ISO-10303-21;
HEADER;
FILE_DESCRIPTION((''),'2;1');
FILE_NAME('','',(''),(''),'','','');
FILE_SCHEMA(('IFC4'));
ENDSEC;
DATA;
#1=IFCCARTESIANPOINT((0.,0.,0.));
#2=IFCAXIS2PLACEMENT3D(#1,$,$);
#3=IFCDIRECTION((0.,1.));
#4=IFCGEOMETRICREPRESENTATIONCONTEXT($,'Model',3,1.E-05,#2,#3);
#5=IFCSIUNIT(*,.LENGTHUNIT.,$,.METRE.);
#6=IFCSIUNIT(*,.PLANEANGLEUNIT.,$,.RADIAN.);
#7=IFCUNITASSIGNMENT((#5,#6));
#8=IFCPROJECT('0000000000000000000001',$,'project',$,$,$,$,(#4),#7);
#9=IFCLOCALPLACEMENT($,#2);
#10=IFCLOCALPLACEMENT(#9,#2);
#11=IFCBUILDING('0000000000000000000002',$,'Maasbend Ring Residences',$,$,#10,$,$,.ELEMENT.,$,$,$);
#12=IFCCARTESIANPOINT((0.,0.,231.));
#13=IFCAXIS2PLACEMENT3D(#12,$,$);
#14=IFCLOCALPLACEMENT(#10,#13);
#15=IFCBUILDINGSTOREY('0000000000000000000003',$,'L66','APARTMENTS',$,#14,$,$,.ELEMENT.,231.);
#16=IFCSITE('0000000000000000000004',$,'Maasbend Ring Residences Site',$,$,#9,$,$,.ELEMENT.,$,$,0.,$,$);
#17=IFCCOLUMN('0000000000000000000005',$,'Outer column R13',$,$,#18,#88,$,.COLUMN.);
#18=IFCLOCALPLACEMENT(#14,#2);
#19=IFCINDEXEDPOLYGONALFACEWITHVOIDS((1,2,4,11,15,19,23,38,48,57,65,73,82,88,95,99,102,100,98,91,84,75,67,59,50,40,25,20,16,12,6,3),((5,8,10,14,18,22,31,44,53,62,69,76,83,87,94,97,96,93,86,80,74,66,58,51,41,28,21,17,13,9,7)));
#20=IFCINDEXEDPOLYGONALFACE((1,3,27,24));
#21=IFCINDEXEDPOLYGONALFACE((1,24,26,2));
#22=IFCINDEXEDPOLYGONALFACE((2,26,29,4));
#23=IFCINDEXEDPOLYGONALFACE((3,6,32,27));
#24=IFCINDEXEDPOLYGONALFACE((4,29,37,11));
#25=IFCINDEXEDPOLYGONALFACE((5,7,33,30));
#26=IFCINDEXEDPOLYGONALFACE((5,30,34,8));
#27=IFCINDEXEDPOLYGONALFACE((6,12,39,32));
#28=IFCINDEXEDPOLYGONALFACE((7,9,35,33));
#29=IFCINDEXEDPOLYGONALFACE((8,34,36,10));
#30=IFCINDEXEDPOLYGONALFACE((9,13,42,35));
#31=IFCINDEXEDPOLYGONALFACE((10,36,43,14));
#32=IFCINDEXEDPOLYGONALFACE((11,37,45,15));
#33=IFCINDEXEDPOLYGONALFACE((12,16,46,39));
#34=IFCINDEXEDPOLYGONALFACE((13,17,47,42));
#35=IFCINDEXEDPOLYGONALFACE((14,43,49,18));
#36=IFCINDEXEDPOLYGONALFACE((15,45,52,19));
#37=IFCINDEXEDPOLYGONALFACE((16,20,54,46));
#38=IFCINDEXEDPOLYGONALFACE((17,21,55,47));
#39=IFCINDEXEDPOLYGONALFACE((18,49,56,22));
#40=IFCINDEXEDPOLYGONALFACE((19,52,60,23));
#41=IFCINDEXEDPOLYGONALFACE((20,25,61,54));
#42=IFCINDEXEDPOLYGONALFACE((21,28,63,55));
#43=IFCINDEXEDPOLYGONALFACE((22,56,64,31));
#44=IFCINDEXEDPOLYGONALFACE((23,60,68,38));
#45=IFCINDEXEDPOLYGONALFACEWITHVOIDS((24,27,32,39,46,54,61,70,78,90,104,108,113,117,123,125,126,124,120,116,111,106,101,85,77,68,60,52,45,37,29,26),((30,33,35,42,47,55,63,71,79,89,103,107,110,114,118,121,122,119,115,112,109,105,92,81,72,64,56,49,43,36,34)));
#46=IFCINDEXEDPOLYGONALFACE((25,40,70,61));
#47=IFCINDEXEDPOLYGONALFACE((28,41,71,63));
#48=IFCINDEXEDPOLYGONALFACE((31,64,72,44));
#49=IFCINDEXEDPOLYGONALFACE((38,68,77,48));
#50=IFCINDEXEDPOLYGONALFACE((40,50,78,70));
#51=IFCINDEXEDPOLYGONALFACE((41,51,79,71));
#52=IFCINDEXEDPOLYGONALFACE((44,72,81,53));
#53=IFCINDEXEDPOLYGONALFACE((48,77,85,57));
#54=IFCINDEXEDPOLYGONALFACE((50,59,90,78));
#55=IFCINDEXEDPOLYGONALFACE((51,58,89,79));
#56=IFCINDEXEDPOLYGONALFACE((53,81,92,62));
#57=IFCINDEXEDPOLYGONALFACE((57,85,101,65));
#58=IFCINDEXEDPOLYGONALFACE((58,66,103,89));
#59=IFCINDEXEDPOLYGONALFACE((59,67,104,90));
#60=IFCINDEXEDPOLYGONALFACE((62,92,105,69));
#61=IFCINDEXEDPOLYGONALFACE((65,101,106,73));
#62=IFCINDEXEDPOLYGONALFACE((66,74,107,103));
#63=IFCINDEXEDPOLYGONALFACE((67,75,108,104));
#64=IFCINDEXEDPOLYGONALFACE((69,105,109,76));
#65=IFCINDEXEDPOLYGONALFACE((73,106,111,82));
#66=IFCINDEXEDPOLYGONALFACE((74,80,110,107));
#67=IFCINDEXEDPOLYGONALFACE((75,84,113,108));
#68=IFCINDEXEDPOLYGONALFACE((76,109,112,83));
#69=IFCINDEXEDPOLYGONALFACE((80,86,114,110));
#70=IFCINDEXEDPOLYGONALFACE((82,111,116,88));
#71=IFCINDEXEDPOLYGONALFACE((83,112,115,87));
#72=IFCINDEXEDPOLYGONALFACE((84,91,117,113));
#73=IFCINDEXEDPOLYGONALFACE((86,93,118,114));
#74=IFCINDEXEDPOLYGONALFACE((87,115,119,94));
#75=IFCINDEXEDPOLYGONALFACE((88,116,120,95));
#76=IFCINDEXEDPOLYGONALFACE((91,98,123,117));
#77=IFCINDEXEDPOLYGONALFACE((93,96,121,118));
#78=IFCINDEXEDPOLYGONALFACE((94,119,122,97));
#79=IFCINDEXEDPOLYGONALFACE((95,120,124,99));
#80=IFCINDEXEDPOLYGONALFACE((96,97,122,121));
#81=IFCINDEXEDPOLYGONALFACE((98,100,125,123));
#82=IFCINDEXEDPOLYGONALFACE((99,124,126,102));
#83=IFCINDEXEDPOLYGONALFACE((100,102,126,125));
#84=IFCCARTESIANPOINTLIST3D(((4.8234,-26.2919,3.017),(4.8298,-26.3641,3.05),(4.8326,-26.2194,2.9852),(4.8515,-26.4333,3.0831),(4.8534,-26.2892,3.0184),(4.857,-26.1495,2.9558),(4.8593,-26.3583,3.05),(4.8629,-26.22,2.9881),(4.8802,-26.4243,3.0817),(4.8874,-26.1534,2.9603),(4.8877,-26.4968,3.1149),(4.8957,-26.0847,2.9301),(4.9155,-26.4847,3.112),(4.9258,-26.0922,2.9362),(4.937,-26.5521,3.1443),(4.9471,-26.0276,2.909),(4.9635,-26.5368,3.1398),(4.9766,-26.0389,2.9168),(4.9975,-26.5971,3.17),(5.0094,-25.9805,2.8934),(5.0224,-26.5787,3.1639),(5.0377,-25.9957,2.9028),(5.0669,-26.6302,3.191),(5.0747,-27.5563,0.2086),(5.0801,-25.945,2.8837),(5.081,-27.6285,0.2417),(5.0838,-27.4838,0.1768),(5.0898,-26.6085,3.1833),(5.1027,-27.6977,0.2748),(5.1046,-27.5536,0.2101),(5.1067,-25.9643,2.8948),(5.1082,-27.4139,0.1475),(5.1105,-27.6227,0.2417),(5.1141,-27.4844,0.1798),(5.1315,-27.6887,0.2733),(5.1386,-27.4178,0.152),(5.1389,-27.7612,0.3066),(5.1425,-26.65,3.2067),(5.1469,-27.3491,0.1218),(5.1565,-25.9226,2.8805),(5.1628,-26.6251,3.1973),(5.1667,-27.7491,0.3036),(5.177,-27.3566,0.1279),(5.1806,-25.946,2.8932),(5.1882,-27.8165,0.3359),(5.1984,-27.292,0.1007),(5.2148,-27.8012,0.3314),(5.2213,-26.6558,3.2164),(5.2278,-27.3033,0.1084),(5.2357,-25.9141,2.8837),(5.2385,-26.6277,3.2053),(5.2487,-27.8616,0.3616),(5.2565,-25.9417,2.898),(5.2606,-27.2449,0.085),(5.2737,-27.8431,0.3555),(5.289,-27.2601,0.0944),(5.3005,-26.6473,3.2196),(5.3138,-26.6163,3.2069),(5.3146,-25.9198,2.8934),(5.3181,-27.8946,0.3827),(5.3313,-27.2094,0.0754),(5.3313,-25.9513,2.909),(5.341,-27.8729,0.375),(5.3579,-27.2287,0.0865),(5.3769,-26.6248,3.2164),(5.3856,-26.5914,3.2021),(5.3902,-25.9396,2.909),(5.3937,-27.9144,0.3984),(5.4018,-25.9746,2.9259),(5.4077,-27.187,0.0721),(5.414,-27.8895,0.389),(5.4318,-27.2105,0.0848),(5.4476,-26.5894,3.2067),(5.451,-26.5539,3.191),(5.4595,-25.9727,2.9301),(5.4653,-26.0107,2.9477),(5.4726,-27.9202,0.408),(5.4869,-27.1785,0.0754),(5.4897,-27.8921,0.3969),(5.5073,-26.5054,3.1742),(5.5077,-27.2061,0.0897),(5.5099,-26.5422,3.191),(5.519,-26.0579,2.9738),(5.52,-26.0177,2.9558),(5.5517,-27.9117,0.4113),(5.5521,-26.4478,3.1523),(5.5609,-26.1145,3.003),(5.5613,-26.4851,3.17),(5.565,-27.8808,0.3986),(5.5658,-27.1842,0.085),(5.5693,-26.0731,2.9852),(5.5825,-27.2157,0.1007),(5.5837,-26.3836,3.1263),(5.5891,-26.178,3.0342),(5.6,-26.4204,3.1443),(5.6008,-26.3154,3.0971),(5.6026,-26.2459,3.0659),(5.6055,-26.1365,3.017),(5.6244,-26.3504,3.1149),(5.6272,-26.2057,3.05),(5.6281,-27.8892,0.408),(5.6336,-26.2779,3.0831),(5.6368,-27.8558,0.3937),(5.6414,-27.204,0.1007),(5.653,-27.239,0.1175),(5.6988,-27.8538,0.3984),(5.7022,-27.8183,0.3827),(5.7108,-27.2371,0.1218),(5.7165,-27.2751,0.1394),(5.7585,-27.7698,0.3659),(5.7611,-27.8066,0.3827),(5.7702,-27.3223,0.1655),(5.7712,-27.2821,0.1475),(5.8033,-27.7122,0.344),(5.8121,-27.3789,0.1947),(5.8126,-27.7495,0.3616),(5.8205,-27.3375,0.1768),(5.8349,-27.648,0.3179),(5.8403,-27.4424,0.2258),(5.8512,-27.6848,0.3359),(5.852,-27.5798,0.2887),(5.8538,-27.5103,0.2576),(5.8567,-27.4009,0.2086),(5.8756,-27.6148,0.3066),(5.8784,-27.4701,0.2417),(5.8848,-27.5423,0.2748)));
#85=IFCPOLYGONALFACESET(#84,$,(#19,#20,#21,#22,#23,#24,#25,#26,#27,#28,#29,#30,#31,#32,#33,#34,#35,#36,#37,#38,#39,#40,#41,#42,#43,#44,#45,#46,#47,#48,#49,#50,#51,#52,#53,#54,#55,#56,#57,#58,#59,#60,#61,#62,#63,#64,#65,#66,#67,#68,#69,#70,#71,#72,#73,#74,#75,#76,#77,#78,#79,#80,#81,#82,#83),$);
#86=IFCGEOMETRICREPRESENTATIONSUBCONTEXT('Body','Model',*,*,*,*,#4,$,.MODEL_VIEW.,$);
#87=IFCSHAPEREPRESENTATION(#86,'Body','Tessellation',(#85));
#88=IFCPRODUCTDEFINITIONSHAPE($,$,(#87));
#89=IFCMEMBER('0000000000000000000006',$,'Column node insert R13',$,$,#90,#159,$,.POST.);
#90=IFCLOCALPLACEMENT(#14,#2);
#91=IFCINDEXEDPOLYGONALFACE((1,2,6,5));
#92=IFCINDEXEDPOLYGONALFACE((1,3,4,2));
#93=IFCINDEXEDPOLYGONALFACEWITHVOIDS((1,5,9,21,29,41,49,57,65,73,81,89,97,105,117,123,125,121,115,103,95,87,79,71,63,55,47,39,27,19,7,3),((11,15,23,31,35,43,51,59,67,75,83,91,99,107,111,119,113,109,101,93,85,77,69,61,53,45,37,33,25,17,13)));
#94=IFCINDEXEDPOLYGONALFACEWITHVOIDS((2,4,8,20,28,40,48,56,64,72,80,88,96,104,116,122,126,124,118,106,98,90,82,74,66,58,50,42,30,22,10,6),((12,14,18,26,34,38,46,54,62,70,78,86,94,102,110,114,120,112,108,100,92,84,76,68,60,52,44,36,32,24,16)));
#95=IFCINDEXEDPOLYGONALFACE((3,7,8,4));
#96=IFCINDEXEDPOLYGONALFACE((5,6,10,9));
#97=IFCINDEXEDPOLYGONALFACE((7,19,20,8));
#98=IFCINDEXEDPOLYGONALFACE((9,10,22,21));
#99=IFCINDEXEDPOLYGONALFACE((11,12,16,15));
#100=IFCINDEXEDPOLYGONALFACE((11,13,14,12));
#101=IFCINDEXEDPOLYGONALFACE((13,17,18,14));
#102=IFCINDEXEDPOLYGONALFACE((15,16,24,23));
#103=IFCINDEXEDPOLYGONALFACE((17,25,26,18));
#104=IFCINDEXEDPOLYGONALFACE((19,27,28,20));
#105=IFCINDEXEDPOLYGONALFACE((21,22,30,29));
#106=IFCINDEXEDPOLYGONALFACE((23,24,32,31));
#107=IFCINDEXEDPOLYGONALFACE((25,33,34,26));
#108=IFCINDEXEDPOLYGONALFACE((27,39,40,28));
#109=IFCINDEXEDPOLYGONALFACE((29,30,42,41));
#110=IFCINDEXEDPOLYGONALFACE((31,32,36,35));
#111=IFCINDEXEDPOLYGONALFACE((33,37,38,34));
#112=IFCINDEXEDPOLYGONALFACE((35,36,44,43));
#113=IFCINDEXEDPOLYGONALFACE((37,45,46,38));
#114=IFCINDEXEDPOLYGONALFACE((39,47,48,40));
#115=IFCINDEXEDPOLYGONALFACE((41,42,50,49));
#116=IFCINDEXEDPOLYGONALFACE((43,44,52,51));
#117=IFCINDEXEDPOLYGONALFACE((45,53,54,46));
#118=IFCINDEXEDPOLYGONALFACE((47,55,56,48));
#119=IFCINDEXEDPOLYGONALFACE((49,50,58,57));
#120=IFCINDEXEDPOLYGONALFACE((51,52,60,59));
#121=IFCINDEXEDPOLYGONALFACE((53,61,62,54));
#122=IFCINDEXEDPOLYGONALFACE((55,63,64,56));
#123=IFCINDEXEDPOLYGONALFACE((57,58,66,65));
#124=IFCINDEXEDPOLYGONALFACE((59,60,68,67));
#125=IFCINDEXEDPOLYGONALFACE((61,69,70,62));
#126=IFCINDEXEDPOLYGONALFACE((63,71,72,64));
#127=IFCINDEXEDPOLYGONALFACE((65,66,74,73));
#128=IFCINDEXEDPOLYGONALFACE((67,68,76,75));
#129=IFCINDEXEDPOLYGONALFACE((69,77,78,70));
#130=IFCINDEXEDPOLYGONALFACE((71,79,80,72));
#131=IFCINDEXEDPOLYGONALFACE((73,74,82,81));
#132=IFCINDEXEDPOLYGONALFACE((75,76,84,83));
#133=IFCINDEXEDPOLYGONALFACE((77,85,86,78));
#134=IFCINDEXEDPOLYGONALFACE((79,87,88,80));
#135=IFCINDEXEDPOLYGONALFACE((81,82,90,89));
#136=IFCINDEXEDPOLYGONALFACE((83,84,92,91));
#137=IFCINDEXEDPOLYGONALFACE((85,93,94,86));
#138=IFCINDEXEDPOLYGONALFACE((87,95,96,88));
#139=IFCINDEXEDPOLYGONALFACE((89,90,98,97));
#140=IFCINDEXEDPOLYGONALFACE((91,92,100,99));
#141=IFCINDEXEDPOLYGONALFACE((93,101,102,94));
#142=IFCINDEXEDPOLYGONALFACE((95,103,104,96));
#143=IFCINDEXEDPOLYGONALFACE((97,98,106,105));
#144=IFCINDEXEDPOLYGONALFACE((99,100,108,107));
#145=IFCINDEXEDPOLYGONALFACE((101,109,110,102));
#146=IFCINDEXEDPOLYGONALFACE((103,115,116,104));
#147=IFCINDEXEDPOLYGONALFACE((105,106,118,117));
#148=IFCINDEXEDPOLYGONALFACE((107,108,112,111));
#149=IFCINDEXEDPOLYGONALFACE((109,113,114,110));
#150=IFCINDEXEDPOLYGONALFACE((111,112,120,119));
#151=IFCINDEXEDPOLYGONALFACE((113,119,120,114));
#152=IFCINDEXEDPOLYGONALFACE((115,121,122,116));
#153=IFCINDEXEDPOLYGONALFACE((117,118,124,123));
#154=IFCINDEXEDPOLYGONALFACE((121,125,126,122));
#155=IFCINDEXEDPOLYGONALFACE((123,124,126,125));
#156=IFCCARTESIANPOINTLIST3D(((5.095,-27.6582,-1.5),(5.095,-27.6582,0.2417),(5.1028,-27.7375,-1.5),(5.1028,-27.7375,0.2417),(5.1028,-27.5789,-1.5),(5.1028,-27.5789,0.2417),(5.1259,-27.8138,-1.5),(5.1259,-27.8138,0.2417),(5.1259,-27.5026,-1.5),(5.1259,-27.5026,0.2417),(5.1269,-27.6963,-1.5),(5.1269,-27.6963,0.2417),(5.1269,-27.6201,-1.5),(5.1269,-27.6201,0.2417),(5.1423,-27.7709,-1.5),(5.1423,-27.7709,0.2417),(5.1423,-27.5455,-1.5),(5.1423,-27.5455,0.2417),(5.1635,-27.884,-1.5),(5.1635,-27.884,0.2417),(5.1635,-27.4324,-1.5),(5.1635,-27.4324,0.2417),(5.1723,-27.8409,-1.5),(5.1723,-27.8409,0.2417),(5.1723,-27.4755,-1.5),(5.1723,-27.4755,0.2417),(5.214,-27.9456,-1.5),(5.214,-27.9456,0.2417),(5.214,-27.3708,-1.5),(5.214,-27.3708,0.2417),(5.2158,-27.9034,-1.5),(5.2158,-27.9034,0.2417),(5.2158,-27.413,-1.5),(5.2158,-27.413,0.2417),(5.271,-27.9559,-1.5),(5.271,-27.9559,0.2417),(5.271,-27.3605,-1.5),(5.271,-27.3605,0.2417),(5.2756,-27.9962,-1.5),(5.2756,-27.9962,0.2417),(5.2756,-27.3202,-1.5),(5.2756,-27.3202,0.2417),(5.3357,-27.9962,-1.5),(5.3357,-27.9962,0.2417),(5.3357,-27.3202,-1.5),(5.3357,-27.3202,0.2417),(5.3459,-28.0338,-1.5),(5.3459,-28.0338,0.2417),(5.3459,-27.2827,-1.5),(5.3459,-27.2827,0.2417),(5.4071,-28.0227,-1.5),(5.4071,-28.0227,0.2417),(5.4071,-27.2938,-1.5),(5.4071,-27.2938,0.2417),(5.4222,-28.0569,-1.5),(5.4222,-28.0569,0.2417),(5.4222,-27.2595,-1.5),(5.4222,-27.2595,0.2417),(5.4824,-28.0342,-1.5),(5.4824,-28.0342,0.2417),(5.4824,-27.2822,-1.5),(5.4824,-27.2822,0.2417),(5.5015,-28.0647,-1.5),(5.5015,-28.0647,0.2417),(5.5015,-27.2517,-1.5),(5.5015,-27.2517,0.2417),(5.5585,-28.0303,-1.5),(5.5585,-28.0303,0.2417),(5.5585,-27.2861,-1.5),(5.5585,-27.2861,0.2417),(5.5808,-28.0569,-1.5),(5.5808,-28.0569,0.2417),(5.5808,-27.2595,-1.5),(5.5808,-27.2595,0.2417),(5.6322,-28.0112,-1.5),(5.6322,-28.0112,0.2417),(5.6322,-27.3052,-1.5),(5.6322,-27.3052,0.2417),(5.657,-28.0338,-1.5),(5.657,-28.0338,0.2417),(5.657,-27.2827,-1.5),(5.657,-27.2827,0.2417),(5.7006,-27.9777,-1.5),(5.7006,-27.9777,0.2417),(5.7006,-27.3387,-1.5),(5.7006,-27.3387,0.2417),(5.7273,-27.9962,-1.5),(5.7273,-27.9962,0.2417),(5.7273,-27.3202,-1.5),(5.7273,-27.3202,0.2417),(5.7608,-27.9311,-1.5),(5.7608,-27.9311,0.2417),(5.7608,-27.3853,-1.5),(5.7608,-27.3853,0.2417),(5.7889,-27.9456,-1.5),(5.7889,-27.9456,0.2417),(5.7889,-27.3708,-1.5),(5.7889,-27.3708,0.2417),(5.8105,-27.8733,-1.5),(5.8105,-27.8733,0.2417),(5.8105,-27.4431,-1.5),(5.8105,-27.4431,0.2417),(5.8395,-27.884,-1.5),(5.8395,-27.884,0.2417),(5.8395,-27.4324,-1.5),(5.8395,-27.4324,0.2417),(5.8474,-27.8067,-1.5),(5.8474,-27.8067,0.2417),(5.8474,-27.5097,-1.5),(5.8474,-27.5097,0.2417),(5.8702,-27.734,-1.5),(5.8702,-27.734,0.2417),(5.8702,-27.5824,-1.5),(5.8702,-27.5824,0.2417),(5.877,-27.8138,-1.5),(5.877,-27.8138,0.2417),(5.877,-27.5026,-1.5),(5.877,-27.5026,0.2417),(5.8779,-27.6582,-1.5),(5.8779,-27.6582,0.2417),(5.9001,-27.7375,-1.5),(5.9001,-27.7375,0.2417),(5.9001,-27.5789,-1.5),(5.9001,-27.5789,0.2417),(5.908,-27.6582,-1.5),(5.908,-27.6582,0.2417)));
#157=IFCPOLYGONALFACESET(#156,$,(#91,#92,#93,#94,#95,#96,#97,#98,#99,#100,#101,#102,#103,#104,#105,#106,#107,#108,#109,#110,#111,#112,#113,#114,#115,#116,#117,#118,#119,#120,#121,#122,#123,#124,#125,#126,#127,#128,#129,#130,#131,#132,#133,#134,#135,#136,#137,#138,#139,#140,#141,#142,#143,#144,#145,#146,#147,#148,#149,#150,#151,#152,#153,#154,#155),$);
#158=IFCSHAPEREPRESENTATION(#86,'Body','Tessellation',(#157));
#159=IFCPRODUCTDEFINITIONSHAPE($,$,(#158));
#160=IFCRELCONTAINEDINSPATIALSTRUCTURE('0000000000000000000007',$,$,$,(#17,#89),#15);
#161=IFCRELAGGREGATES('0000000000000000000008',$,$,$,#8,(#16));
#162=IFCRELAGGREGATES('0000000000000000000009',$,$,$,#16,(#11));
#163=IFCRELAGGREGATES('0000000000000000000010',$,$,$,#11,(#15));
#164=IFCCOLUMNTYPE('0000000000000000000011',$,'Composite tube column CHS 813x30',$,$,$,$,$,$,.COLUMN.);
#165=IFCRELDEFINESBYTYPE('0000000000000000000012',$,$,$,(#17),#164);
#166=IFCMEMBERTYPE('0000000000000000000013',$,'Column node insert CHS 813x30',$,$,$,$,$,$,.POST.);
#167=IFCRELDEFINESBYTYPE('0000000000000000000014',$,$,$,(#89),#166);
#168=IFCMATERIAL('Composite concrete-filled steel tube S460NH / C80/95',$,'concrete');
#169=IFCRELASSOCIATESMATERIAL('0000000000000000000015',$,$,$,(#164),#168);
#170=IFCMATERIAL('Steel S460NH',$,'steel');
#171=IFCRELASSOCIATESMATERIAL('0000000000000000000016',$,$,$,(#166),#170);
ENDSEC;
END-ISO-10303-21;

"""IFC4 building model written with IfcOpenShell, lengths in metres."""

from ifc_helpers import new_model, si_unit, direction, frame, origin, origin_2d, place, context, subcontext, project, spatial, hollow_circle, extrude, material, material_profile, profile_set, type_object, element, save


model = new_model("IFC4")

# Units and contexts
model_context = context("Model", 3, precision=1e-05, world=origin(), true_north=direction((0.0, 1.0)))
body_context = subcontext(model_context, "Body", "Model", "MODEL_VIEW")
ifc_project = project(units=[si_unit("LENGTHUNIT", "METRE"), si_unit("PLANEANGLEUNIT", "RADIAN")], contexts=[model_context])

# Site, building, storey
site_placement = place(None, origin())
site = spatial("IfcSite", under=ifc_project, at=site_placement, Name="Maasbend Ring Residences Site", CompositionType="ELEMENT", RefElevation=0.0)
building_placement = place(site_placement, origin())
building = spatial("IfcBuilding", under=site, at=building_placement, Name="Maasbend Ring Residences", CompositionType="ELEMENT")
storey_placement = place(building_placement, frame((0.0, 0.0, 231.0)))
storey = spatial("IfcBuildingStorey", under=building, at=storey_placement, Name="L66", Description="APARTMENTS", CompositionType="ELEMENT", Elevation=231.0)

# Column
ifc_material_1 = material(Name="Composite concrete-filled steel tube S460NH / C80/95", Category="concrete")
ifc_material_profile_1 = material_profile(ifc_material_1, hollow_circle(Radius=0.4065, WallThickness=0.03, at=origin_2d()), Name="Composite tube column CHS 813x30")
ifc_profile_set_1 = profile_set([ifc_material_profile_1], Name="Composite concrete-filled steel tube S460NH / C80/95")
column_type = type_object("IfcColumnType", Name="Composite tube column CHS 813x30", PredefinedType="COLUMN", material=ifc_profile_set_1)
column_placement = place(storey_placement, frame((5.4797, -27.5493, 0.2417), z_axis=(-0.081299, 0.40918, 0.908824), x_axis=(-0.980828, -0.194878, 0.0)))
element("IfcColumn", 1, at=column_placement, inside=storey, type_object=column_type, Name="Outer column R13", PredefinedType="COLUMN", context=body_context, shape_type="SweptSolid", body=[
    extrude(hollow_circle(Radius=0.4065, WallThickness=0.03, at=origin_2d()), origin(), (0.0, 0.0, 1.0), 3.0901),
])

# Member
ifc_material_2 = material(Name="Steel S460NH", Category="steel")
ifc_material_profile_2 = material_profile(ifc_material_2, hollow_circle(Radius=0.4065, WallThickness=0.03, at=origin_2d()), Name="Column node insert CHS 813x30")
ifc_profile_set_2 = profile_set([ifc_material_profile_2], Name="Steel S460NH")
member_type = type_object("IfcMemberType", Name="Column node insert CHS 813x30", PredefinedType="POST", material=ifc_profile_set_2)
member_placement = place(storey_placement, frame((5.5015, -27.6582, -1.5), z_axis=(0.0, 0.0, 1.0), x_axis=(1.0, 0.0, 0.0)))
element("IfcMember", 2, at=member_placement, inside=storey, type_object=member_type, Name="Column node insert R13", PredefinedType="POST", context=body_context, shape_type="SweptSolid", body=[
    extrude(hollow_circle(Radius=0.4065, WallThickness=0.03, at=origin_2d()), origin(), (0.0, 0.0, 1.0), 1.7417),
])

save(model, "model.ifc")
